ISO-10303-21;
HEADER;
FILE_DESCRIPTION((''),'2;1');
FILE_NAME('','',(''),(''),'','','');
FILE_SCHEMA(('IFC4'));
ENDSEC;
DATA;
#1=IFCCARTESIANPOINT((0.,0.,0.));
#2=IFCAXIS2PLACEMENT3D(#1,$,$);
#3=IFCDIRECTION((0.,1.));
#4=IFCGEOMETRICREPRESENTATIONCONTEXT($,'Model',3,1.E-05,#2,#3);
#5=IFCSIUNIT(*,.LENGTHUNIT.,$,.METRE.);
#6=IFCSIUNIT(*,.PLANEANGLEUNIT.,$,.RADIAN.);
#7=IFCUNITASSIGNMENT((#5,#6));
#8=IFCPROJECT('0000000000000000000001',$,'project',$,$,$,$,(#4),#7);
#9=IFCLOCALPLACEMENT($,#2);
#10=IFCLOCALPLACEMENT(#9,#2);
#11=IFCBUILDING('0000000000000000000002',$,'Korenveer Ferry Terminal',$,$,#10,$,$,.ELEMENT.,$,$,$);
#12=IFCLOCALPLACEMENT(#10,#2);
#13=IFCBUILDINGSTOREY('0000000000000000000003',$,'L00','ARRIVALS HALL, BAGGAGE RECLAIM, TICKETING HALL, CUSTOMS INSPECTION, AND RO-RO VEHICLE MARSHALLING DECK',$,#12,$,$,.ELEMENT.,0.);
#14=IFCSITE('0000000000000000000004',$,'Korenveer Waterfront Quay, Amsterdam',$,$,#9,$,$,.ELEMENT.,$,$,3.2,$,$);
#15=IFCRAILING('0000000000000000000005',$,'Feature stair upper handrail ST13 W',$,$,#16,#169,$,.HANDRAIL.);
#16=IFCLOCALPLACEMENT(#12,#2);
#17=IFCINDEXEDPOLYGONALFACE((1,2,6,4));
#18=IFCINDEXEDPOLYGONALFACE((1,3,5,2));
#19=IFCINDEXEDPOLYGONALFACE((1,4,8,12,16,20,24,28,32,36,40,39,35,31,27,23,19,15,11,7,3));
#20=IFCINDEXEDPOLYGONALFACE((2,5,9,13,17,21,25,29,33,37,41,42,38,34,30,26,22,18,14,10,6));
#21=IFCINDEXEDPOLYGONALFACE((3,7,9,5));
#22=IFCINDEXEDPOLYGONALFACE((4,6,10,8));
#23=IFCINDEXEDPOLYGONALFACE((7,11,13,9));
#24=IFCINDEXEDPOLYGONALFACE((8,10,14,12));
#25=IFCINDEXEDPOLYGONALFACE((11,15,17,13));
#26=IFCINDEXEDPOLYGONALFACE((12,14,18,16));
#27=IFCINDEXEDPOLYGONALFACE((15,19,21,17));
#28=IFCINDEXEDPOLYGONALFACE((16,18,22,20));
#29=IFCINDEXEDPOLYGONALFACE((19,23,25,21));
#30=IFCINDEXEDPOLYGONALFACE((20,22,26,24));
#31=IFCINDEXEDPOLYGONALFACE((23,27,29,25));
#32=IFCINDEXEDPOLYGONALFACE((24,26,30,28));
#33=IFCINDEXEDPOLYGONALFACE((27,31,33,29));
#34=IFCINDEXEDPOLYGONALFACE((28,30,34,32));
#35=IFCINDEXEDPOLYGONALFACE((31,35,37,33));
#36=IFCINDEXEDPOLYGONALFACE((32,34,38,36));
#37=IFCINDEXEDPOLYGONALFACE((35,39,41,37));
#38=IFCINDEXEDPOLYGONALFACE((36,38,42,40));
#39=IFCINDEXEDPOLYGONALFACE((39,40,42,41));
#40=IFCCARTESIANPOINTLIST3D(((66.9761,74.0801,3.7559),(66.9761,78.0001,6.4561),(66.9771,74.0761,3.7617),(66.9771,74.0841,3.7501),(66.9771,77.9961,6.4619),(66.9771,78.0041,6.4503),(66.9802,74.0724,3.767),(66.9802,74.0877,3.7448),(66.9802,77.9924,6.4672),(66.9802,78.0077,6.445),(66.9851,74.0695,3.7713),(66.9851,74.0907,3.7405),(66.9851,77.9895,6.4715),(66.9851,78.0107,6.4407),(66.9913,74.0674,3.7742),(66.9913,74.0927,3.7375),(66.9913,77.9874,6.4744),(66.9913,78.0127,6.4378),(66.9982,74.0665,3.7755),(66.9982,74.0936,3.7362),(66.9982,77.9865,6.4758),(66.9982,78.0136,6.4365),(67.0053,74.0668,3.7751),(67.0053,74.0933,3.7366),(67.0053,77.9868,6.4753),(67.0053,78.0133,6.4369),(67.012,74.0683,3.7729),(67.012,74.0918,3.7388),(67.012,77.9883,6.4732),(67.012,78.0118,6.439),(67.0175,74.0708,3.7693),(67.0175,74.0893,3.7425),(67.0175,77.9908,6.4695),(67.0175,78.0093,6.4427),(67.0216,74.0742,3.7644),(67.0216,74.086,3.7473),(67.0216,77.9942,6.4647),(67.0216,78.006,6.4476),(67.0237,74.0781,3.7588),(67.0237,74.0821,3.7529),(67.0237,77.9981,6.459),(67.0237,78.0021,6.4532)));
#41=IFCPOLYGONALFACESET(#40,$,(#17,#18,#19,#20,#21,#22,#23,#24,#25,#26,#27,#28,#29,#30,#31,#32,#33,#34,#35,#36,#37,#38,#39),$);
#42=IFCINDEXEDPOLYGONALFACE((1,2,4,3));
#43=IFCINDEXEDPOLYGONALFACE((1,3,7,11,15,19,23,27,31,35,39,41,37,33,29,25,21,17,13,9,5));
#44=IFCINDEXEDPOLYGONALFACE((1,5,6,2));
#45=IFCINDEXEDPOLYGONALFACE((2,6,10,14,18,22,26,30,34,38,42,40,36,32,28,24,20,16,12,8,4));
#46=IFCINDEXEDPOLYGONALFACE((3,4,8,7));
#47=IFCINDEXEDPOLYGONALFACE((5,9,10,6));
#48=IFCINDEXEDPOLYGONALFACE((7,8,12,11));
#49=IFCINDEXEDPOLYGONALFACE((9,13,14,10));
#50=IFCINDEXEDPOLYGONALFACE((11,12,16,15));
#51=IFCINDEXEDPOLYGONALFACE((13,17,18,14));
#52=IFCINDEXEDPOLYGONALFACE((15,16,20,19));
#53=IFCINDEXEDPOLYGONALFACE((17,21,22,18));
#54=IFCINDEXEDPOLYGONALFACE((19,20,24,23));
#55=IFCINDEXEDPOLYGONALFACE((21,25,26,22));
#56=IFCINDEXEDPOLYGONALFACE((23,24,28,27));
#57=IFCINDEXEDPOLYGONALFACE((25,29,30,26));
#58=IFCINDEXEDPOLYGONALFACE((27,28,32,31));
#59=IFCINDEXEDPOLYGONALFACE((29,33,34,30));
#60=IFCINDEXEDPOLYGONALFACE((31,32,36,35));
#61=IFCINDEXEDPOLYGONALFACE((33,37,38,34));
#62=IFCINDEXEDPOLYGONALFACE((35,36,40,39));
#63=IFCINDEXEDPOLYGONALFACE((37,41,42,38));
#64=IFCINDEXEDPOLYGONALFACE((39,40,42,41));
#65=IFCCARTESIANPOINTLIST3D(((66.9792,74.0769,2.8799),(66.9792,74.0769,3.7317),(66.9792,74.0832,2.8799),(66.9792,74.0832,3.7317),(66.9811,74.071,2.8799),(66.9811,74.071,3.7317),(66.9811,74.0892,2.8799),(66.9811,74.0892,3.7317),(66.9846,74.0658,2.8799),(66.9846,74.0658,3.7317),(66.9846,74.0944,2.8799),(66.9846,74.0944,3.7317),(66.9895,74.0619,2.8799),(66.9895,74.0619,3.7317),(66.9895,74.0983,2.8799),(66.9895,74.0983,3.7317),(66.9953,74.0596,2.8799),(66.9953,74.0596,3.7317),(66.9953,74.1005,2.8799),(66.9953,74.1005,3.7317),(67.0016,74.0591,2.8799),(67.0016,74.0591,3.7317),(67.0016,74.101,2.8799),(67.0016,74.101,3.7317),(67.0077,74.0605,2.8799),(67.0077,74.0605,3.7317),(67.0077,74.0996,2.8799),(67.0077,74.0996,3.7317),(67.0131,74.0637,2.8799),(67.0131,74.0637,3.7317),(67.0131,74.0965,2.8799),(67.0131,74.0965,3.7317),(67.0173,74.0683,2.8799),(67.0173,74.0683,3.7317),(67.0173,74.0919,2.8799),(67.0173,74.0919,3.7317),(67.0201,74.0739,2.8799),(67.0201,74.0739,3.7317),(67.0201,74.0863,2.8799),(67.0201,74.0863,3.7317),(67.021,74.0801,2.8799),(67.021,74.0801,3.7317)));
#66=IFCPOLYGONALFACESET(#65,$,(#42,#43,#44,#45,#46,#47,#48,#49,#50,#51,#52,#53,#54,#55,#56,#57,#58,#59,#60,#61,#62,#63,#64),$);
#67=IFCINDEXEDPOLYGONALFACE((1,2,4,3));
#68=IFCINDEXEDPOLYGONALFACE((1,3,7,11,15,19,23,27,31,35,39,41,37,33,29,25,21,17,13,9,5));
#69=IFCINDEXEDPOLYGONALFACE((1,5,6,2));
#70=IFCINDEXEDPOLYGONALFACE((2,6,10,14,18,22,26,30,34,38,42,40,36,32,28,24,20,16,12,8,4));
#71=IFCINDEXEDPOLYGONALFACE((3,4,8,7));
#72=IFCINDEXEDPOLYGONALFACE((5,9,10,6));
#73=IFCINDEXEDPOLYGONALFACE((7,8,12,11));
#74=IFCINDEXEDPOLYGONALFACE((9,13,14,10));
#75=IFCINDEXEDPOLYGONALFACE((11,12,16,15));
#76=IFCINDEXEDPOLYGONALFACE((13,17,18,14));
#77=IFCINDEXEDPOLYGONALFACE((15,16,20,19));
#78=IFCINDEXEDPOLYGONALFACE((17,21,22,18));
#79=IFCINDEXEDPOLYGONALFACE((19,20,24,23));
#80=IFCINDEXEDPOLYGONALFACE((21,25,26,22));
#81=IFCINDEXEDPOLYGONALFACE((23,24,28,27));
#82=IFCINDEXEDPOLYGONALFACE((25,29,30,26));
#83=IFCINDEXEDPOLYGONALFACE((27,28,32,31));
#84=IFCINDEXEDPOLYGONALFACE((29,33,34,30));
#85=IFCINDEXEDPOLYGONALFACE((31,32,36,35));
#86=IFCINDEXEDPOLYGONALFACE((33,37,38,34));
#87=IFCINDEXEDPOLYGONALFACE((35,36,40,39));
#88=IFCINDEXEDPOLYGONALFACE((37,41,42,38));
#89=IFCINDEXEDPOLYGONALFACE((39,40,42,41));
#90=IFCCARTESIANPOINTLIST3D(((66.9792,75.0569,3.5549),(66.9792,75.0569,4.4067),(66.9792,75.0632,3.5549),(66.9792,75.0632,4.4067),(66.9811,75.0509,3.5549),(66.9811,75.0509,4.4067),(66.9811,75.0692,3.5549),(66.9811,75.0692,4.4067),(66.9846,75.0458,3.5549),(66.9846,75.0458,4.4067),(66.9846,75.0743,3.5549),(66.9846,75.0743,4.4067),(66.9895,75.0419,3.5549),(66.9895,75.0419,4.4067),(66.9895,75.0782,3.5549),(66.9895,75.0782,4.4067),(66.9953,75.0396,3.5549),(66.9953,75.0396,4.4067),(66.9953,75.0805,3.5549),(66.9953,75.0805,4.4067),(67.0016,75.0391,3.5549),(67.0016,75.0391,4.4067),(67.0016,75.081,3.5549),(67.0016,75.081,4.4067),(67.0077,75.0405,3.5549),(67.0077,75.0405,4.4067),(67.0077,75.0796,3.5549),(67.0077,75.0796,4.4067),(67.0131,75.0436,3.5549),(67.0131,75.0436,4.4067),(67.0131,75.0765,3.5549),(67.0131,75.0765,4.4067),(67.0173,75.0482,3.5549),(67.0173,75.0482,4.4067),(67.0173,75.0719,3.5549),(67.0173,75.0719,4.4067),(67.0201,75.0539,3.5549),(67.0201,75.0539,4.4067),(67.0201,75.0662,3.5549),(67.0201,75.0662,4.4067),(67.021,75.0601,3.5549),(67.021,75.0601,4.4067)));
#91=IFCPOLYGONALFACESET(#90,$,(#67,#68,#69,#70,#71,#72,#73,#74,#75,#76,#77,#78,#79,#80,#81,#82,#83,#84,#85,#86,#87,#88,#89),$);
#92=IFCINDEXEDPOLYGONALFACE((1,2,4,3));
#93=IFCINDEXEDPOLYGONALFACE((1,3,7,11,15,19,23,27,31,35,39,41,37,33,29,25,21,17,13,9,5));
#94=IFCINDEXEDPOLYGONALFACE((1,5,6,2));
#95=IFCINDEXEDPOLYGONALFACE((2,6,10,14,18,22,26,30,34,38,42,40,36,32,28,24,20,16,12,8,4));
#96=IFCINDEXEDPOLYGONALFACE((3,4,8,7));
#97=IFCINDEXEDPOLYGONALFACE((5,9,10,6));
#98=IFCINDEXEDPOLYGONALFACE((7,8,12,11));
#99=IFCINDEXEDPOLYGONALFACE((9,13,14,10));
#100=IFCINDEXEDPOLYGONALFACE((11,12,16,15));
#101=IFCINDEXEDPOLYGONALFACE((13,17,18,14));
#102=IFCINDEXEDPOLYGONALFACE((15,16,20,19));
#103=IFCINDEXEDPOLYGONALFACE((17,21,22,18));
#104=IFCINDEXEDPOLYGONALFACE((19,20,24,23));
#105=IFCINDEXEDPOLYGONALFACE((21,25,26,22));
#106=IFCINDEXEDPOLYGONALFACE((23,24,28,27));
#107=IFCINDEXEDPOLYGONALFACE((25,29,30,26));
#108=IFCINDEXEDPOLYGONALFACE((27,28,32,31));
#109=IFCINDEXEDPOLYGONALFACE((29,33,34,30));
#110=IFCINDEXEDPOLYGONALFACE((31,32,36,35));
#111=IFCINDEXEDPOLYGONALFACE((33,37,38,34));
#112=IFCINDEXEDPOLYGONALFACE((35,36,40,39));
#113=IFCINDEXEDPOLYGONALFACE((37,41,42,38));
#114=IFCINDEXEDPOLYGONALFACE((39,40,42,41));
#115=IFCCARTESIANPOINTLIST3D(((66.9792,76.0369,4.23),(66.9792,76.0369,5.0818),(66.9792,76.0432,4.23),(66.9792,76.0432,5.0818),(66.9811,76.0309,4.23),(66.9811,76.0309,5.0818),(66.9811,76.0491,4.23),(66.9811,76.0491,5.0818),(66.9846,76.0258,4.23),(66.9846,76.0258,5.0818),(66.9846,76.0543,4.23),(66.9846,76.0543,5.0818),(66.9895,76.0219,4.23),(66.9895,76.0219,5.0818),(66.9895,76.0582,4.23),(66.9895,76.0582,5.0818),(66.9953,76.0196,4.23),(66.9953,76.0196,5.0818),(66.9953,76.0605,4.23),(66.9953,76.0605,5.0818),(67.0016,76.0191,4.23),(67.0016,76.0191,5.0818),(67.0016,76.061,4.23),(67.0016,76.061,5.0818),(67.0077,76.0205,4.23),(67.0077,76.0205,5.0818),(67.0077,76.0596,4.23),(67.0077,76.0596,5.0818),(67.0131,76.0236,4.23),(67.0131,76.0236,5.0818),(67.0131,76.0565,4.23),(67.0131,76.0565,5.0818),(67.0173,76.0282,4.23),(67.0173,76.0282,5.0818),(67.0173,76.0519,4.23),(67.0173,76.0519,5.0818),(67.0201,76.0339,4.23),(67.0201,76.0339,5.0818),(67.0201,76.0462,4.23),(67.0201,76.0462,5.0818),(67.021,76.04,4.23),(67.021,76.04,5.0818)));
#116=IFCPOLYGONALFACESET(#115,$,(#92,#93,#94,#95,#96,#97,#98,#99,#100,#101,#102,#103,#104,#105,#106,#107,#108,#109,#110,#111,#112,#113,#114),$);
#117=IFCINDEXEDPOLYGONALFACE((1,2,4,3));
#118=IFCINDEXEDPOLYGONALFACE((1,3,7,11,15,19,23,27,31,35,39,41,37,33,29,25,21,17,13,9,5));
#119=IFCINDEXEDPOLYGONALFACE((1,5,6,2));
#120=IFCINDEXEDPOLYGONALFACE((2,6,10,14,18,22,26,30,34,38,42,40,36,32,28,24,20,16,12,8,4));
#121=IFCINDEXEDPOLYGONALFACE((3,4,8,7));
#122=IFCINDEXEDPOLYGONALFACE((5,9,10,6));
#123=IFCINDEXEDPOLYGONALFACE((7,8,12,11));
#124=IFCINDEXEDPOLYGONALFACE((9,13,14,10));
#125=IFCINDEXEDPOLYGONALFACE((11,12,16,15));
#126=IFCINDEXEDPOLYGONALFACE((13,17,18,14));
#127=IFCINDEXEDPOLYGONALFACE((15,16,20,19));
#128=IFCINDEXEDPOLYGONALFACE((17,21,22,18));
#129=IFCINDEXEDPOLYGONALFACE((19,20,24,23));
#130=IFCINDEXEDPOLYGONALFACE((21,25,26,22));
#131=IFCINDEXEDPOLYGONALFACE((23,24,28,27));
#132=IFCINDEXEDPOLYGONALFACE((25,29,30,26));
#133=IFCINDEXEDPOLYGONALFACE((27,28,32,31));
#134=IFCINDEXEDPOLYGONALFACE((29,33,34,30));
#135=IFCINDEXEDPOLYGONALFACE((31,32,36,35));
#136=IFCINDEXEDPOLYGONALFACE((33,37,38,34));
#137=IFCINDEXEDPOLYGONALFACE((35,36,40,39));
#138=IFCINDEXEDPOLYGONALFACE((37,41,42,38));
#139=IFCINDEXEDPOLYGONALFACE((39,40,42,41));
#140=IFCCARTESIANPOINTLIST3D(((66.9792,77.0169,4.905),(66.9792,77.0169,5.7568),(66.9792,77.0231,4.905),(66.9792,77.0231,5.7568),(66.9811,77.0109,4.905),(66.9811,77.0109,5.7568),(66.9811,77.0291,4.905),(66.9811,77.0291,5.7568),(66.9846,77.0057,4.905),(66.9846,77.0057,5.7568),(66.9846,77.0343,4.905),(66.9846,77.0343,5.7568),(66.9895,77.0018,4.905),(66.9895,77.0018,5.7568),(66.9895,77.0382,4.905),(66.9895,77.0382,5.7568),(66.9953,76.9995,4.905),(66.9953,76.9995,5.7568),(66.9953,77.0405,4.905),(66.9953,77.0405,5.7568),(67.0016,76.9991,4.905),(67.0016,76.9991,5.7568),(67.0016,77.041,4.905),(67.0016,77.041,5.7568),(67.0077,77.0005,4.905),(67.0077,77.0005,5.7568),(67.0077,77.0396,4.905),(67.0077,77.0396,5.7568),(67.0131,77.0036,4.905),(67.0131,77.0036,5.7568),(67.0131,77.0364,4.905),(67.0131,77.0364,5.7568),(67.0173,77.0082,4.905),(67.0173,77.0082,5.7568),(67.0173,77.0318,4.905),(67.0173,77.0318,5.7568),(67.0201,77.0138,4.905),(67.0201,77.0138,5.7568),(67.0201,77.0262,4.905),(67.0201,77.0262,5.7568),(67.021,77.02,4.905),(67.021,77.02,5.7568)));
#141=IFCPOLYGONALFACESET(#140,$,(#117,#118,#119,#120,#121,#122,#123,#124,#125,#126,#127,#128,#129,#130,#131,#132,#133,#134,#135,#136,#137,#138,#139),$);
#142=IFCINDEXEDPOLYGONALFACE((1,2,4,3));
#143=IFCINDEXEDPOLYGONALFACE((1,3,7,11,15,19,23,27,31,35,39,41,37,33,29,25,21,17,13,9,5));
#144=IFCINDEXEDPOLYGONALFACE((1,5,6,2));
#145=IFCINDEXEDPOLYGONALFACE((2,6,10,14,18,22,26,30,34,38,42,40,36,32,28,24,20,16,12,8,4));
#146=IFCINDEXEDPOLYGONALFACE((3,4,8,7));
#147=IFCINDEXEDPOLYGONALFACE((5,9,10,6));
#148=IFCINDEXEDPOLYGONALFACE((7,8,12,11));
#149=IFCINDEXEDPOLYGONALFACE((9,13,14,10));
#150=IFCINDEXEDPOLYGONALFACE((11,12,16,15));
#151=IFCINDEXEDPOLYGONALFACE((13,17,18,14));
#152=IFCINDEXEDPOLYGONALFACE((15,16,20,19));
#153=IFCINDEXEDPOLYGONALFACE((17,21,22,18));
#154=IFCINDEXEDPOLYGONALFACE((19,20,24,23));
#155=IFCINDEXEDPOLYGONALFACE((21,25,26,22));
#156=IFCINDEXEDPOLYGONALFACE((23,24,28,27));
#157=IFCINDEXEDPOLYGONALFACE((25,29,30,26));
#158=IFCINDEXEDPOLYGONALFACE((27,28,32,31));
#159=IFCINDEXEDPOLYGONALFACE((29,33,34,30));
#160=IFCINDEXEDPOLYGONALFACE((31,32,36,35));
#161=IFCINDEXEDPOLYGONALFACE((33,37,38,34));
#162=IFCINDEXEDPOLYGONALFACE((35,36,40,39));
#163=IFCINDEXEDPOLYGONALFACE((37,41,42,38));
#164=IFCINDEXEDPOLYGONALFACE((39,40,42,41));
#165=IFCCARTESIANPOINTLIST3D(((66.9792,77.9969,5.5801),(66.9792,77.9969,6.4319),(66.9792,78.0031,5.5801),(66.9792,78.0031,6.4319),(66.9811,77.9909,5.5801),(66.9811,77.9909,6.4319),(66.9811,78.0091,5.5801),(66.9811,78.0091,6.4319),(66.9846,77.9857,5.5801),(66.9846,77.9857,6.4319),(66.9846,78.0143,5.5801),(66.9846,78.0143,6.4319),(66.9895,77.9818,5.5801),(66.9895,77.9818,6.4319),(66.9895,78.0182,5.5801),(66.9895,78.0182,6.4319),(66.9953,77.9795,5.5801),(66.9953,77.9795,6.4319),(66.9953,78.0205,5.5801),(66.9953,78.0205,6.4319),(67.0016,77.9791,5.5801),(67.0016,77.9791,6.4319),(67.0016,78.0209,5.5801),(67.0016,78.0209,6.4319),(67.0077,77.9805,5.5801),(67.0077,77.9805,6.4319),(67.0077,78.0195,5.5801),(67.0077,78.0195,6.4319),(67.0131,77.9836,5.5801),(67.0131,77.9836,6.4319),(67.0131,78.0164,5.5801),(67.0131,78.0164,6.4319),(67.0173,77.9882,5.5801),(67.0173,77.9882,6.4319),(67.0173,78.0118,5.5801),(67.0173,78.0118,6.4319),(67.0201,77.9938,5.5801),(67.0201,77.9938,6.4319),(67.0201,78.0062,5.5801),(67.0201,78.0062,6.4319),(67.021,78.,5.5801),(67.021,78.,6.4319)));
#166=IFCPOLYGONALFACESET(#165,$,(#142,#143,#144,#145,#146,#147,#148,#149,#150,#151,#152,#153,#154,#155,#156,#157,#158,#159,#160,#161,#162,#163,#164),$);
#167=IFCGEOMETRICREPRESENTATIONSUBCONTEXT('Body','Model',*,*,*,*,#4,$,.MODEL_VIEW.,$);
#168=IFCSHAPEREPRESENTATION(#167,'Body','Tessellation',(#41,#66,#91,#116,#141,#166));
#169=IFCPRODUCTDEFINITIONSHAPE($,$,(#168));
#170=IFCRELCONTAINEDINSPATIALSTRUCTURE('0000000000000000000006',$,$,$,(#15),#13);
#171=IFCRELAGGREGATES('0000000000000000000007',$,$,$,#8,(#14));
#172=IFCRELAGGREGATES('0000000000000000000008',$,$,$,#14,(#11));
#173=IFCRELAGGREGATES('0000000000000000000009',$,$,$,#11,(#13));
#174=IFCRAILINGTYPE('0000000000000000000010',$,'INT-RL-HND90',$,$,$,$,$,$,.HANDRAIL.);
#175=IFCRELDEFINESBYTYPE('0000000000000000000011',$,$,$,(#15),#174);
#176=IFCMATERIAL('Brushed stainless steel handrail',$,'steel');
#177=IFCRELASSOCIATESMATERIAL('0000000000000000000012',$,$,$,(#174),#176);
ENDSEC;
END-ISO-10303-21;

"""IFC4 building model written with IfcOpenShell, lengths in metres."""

from ifc_helpers import new_model, si_unit, direction, frame, origin, origin_2d, place, context, subcontext, project, spatial, circle, extrude, material, type_object, element, save


model = new_model("IFC4")

# Units and contexts
model_context = context("Model", 3, precision=1e-05, world=origin(), true_north=direction((0.0, 1.0)))
body_context = subcontext(model_context, "Body", "Model", "MODEL_VIEW")
ifc_project = project(units=[si_unit("LENGTHUNIT", "METRE"), si_unit("PLANEANGLEUNIT", "RADIAN")], contexts=[model_context])

# Site, building, storey
site_placement = place(None, origin())
site = spatial("IfcSite", under=ifc_project, at=site_placement, Name="Korenveer Waterfront Quay, Amsterdam", CompositionType="ELEMENT", RefElevation=3.2)
building_placement = place(site_placement, origin())
building = spatial("IfcBuilding", under=site, at=building_placement, Name="Korenveer Ferry Terminal", CompositionType="ELEMENT")
storey_placement = place(building_placement, origin())
storey = spatial("IfcBuildingStorey", under=building, at=storey_placement, Name="L00", Description="ARRIVALS HALL, BAGGAGE RECLAIM, TICKETING HALL, CUSTOMS INSPECTION, AND RO-RO VEHICLE MARSHALLING DECK", CompositionType="ELEMENT", Elevation=0.0)

# Railing
ifc_material_1 = material(Name="Brushed stainless steel handrail", Category="steel")
railing_type_1 = type_object("IfcRailingType", Name="INT-RL-HND90", PredefinedType="HANDRAIL", material=ifc_material_1)
railing_1_placement = place(storey_placement, frame((67.0, 74.0801, 2.8799)))
element("IfcRailing", 1, at=railing_1_placement, inside=storey, type_object=railing_type_1, Name="Feature stair upper handrail ST13 W", PredefinedType="HANDRAIL", context=body_context, shape_type="SweptSolid", body=[
    extrude(circle(Radius=0.0239, at=origin_2d()), frame((0.0, 0.0, 0.876), z_axis=(0.0, 0.823527, 0.567277), x_axis=(-1.0, 0.0, 0.0)), (0.0, 0.0, 1.0), 4.76),
    extrude(circle(Radius=0.021, at=origin_2d()), origin(), (0.0, 0.0, 1.0), 0.8518),
    extrude(circle(Radius=0.021, at=origin_2d()), frame((0.0, 0.98, 0.675)), (0.0, 0.0, 1.0), 0.8518),
    extrude(circle(Radius=0.021, at=origin_2d()), frame((0.0, 1.96, 1.3501)), (0.0, 0.0, 1.0), 0.8518),
    extrude(circle(Radius=0.021, at=origin_2d()), frame((0.0, 2.9399, 2.0251)), (0.0, 0.0, 1.0), 0.8518),
    extrude(circle(Radius=0.021, at=origin_2d()), frame((0.0, 3.9199, 2.7002)), (0.0, 0.0, 1.0), 0.8518),
])

save(model, "model.ifc")
